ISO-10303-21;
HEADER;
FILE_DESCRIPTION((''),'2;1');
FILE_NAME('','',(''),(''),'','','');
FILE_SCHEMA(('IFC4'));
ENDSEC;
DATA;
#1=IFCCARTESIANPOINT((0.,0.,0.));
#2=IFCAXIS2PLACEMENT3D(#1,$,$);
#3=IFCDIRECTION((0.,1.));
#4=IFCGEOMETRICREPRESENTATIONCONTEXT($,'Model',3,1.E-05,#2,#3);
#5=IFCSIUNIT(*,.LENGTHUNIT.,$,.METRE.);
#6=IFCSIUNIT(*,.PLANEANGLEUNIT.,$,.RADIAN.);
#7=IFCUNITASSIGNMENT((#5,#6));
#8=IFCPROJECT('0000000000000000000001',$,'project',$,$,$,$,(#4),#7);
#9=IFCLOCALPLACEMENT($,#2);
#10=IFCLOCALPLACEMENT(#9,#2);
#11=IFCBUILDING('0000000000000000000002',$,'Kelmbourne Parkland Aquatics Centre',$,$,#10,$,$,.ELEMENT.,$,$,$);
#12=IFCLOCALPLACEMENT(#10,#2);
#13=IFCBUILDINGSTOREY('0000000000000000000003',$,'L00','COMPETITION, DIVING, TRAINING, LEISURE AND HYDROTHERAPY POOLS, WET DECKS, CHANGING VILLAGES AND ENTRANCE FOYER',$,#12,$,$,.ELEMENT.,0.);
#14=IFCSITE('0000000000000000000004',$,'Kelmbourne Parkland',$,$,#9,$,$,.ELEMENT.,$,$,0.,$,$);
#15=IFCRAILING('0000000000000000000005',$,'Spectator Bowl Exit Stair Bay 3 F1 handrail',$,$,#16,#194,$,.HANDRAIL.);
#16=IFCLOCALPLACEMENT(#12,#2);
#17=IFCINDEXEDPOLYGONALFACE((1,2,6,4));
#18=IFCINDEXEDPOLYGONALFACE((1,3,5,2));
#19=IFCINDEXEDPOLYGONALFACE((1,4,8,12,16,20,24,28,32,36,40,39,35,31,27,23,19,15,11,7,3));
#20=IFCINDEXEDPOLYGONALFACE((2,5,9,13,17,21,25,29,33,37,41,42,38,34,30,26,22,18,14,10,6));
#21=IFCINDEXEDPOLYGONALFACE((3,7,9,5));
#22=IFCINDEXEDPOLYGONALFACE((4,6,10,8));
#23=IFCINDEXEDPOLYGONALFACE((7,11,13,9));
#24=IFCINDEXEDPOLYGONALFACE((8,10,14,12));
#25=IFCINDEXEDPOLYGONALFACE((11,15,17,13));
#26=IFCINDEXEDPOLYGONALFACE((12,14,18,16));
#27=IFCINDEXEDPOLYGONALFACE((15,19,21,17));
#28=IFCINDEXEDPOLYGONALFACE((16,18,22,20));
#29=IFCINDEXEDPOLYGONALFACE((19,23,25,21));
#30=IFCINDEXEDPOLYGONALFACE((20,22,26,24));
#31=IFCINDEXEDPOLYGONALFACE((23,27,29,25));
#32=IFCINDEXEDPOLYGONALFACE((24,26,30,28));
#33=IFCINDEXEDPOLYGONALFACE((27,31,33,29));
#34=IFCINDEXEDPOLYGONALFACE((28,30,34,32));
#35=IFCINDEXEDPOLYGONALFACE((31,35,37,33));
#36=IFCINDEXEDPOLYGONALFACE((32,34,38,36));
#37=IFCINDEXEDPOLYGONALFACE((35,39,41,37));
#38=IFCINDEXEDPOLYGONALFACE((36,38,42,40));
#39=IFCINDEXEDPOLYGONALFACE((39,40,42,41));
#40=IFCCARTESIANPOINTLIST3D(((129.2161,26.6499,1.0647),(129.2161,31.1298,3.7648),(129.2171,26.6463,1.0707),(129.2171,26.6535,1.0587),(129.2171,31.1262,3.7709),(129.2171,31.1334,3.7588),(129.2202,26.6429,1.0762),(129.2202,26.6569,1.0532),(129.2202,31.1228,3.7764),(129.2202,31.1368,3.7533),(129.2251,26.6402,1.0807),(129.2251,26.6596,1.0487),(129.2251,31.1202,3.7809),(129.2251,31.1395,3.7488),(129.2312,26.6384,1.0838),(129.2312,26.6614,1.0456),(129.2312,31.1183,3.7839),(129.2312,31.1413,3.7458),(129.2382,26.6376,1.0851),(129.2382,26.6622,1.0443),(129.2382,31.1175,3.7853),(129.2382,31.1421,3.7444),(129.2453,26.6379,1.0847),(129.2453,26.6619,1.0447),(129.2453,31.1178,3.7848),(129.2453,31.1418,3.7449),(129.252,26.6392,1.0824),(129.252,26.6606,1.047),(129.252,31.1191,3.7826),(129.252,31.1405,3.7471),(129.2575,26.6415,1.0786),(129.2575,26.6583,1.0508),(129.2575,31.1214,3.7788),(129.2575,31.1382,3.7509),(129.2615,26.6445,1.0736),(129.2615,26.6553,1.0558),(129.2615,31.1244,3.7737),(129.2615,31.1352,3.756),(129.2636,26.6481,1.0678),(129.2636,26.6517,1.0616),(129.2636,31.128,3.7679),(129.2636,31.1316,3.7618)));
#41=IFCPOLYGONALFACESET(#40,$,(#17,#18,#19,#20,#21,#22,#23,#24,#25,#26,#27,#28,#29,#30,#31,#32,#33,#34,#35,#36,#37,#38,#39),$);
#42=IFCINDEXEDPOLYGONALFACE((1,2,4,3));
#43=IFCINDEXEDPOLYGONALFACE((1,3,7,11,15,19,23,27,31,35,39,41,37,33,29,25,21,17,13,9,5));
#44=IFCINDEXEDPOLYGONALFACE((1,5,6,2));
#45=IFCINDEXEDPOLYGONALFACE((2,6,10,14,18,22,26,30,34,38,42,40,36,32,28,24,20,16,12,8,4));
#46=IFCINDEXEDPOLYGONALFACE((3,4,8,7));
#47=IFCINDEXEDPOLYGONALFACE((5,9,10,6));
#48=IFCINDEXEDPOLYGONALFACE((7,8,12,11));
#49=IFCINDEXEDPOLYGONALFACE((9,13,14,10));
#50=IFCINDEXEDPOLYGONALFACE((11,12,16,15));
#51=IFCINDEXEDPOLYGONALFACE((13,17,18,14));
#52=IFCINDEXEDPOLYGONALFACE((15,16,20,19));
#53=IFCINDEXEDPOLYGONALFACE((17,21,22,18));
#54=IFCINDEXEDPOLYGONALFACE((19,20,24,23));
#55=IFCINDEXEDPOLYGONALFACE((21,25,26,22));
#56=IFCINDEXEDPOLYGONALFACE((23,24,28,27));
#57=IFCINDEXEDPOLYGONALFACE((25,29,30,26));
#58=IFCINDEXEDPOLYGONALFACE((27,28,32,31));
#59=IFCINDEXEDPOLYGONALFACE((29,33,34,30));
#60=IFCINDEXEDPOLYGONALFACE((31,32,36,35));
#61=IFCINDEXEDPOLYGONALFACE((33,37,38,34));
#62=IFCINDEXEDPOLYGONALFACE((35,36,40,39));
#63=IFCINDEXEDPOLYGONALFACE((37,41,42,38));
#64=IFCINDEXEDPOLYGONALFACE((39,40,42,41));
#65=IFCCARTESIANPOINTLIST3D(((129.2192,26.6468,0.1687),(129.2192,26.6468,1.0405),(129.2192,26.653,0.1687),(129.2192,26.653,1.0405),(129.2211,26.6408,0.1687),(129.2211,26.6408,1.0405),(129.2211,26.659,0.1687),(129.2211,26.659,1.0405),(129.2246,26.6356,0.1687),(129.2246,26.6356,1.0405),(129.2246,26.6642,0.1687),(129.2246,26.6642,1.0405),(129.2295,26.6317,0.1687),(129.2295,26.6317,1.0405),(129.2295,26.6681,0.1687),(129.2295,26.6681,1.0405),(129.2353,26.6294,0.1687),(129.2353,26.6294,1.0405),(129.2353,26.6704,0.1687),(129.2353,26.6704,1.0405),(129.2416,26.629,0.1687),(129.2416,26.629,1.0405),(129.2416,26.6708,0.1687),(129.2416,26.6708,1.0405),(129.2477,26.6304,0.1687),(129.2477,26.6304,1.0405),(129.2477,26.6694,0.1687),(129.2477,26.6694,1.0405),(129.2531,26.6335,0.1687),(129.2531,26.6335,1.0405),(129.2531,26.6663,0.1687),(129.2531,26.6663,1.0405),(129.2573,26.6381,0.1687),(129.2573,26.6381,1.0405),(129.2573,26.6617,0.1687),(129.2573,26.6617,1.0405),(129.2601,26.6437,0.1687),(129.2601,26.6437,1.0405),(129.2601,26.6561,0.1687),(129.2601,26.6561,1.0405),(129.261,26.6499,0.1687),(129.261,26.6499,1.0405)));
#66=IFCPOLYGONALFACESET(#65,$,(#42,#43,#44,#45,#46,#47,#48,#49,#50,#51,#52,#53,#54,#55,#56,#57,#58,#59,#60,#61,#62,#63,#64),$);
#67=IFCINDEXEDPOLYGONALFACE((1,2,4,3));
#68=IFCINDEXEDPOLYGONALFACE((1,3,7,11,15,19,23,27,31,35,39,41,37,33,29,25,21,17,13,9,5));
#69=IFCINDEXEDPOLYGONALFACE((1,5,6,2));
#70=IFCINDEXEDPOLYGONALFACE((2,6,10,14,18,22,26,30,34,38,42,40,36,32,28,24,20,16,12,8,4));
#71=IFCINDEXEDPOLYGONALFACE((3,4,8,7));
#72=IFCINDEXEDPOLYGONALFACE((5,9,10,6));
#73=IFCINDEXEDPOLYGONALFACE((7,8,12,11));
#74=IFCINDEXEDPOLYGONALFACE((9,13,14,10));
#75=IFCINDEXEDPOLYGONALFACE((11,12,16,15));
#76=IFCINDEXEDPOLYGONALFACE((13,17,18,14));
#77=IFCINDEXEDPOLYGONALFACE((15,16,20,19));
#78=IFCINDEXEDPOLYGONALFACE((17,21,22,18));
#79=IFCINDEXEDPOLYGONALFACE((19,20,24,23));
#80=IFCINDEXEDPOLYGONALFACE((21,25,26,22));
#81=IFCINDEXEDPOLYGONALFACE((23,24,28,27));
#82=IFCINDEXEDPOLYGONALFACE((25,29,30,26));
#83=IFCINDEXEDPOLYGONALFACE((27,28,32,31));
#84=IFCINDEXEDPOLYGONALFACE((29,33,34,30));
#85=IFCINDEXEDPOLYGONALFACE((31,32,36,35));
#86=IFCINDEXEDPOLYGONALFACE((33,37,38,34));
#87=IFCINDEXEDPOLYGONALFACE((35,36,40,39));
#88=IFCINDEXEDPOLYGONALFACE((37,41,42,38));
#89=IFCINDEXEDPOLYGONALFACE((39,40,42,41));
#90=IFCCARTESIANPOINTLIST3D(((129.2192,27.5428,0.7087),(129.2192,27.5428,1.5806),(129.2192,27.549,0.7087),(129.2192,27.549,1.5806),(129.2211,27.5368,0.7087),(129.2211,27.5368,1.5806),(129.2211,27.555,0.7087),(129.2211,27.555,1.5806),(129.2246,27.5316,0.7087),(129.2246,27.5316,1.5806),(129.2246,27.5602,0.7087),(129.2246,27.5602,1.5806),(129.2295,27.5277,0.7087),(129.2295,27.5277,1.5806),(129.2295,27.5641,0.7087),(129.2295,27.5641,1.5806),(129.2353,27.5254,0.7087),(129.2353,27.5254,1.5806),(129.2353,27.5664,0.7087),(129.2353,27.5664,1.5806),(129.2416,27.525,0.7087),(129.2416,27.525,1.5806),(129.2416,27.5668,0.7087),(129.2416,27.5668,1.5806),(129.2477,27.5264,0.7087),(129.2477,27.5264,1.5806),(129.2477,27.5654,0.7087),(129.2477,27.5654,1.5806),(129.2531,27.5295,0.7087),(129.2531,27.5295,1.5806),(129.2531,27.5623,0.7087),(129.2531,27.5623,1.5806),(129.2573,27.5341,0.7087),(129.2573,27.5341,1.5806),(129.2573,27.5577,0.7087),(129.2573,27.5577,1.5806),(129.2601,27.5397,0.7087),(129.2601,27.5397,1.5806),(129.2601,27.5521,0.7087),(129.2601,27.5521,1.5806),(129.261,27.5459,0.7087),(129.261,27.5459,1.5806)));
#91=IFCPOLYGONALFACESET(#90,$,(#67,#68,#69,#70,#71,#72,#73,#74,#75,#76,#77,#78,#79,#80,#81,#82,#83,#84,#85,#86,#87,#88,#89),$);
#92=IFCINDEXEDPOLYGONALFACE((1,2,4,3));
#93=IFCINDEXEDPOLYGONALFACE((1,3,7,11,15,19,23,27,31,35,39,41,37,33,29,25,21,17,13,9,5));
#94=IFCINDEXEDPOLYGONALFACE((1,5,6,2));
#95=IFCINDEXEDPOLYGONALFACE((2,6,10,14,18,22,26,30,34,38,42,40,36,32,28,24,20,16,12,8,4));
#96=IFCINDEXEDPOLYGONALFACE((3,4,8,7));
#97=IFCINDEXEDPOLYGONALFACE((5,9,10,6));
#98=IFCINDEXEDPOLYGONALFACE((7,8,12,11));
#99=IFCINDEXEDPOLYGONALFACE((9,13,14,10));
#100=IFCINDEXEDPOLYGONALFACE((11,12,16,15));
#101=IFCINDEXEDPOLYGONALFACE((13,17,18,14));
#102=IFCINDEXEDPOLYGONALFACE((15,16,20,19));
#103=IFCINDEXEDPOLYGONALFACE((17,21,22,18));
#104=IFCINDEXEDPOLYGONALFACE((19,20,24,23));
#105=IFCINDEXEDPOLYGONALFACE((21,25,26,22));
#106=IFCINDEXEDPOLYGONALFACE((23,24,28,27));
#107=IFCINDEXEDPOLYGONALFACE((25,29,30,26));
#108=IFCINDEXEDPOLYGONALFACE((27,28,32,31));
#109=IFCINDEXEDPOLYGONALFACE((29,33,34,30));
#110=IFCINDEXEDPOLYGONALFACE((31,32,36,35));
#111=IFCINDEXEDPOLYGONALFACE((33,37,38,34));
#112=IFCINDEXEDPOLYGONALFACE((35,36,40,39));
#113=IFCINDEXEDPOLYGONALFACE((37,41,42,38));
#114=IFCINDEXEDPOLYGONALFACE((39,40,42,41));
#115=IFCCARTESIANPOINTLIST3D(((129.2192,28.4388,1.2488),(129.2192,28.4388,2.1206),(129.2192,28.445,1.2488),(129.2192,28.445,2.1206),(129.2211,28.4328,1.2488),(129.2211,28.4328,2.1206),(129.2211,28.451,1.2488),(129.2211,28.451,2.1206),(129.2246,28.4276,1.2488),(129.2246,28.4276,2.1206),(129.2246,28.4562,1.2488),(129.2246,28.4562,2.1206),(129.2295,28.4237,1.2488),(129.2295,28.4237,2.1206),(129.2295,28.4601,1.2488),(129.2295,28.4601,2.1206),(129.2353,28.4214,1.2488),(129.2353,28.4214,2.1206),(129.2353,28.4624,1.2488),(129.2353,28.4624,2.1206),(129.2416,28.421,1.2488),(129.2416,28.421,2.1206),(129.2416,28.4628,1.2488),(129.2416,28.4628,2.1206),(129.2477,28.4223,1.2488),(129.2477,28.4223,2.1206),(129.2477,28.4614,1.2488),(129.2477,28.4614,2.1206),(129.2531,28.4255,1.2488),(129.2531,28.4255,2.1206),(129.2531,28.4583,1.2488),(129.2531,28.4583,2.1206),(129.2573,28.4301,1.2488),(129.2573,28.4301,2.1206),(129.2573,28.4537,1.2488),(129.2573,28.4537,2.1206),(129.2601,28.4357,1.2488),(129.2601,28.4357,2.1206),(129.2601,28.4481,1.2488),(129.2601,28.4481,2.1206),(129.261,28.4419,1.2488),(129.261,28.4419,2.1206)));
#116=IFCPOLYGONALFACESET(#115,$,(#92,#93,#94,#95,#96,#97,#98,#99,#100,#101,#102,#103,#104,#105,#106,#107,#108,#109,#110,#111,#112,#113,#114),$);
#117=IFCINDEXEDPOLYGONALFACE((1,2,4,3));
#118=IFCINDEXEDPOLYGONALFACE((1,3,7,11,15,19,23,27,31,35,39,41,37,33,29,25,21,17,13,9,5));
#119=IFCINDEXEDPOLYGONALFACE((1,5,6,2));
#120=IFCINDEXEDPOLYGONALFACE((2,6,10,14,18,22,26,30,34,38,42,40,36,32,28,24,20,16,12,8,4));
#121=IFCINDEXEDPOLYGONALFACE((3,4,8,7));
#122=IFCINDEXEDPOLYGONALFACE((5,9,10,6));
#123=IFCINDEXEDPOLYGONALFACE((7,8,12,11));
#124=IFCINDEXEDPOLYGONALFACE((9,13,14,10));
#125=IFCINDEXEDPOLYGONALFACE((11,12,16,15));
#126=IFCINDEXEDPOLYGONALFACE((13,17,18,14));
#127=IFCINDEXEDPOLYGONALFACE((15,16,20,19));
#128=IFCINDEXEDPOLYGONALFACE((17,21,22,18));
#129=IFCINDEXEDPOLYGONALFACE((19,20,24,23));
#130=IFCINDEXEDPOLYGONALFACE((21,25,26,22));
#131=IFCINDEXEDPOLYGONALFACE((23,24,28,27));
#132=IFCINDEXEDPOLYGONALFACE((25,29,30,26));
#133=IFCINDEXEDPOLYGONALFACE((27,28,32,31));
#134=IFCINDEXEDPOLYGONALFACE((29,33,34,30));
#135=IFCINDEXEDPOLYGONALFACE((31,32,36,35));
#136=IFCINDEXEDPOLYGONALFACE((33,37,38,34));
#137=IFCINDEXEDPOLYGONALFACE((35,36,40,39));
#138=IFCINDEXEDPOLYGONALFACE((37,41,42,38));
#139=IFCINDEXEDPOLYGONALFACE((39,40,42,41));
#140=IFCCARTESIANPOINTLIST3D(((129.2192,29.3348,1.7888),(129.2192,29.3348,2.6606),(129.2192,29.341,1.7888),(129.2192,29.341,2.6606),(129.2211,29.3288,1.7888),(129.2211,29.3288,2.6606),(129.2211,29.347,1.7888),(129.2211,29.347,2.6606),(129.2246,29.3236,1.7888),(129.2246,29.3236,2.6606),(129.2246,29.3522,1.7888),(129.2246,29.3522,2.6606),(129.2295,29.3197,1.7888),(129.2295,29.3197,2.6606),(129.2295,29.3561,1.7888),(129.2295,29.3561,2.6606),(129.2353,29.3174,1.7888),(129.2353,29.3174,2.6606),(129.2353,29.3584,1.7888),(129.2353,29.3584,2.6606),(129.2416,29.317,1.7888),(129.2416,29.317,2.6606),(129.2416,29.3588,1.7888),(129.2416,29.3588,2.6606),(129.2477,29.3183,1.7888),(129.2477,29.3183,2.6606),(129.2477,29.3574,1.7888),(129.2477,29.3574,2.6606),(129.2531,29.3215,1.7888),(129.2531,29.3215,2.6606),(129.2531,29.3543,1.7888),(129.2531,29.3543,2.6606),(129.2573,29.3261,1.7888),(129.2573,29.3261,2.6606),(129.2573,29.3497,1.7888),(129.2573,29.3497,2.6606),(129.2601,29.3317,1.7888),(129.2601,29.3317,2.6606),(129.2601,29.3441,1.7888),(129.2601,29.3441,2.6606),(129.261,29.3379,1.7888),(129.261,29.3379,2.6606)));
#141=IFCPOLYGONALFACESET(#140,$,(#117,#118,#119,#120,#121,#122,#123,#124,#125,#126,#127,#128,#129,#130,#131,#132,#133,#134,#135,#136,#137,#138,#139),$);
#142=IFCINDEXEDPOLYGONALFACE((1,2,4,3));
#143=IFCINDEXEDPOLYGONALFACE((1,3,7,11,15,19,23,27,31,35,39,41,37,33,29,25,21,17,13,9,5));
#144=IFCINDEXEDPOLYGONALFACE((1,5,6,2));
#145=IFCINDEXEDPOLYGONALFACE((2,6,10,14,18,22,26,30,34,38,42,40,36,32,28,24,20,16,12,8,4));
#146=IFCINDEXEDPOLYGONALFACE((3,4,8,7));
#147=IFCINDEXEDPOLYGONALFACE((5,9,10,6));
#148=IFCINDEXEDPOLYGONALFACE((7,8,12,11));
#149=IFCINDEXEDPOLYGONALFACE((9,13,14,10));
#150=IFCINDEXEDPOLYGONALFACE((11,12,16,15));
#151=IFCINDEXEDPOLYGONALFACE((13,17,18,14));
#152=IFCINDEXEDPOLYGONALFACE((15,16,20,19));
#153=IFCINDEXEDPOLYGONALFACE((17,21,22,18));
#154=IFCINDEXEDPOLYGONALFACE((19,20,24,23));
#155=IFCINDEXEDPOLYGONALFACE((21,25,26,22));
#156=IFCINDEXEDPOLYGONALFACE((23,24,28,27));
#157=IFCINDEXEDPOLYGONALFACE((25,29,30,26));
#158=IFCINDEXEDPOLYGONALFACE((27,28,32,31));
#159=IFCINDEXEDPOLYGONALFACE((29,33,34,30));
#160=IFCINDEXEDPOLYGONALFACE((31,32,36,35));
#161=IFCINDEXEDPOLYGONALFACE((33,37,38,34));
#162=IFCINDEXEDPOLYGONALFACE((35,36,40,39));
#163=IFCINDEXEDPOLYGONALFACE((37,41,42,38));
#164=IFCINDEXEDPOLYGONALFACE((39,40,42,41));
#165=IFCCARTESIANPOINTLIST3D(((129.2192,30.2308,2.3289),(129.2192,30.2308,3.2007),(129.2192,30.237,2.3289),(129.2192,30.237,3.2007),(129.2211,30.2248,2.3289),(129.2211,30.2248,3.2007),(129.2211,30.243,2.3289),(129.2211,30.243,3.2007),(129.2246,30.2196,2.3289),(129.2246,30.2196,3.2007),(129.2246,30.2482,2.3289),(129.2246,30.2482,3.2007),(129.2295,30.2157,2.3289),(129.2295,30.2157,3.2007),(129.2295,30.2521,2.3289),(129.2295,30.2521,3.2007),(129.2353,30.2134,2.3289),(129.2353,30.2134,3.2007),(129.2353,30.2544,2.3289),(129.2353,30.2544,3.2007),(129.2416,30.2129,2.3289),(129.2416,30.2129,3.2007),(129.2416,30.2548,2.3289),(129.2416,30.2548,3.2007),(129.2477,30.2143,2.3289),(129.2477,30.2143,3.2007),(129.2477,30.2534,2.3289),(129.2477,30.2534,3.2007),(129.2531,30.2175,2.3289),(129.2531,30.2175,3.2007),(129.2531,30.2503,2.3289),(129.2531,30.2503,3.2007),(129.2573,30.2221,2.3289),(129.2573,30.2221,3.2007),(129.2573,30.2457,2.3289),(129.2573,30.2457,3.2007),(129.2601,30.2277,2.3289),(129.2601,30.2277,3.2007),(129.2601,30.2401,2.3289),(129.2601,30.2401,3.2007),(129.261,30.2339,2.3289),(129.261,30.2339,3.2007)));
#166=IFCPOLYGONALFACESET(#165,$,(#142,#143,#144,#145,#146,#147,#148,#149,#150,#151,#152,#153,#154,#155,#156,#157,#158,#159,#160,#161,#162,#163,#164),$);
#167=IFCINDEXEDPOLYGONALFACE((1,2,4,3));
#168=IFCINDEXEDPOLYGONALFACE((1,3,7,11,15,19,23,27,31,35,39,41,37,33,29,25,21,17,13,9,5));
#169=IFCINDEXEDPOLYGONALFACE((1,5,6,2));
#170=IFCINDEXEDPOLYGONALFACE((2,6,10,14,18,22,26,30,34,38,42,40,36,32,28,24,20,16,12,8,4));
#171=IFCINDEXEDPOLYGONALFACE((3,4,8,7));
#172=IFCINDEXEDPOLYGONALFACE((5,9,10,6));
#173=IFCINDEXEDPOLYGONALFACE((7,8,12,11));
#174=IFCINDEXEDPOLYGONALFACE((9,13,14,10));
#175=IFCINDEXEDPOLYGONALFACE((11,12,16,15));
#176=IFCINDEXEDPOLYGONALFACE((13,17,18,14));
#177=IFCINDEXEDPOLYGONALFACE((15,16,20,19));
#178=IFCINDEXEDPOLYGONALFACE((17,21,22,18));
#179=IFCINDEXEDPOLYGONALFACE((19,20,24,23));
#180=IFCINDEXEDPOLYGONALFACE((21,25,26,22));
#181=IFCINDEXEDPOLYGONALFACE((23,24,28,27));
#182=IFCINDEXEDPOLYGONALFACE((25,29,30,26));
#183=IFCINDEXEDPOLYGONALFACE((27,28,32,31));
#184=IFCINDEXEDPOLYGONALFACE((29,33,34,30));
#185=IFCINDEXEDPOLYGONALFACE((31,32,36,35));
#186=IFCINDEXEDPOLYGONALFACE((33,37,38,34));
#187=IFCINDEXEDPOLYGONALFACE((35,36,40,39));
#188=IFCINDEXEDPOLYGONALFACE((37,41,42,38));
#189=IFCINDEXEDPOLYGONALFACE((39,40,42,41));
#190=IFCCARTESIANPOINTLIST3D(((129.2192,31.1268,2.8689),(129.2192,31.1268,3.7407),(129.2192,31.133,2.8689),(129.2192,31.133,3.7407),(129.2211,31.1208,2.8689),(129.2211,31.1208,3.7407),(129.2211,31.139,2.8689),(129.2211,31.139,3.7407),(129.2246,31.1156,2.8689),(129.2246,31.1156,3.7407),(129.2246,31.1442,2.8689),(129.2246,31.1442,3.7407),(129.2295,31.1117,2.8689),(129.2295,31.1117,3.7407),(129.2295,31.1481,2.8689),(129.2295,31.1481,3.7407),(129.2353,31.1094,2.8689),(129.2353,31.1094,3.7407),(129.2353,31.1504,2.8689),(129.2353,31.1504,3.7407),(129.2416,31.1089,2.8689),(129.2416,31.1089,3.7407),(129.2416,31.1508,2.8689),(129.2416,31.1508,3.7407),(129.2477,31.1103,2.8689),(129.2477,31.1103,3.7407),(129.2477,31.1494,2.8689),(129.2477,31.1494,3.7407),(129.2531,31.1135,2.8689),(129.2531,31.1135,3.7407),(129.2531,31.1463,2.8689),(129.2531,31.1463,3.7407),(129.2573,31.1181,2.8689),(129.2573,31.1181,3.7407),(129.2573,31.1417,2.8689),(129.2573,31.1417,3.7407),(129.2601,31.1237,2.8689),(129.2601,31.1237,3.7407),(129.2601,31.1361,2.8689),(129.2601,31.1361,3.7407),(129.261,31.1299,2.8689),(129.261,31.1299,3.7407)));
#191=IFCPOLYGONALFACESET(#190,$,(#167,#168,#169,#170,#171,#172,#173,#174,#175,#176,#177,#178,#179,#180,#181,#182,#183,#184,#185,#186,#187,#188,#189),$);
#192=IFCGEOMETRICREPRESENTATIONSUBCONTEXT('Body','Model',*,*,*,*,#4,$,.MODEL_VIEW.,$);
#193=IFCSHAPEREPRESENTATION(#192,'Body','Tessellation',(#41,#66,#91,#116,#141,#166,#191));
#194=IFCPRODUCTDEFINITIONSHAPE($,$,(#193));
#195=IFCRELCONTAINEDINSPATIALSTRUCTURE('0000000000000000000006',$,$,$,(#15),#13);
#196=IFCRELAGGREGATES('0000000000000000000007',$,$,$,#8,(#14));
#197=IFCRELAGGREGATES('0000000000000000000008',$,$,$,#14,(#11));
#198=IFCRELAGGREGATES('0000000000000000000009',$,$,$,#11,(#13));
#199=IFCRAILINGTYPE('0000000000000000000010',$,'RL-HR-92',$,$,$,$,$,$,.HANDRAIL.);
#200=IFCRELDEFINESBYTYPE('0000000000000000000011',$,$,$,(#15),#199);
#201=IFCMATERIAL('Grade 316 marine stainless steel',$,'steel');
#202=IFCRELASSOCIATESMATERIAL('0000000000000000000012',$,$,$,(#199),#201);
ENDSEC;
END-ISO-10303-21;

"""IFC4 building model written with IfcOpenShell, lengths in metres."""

from ifc_helpers import new_model, si_unit, direction, frame, origin, origin_2d, place, context, subcontext, project, spatial, circle, extrude, material, type_object, element, save


model = new_model("IFC4")

# Units and contexts
model_context = context("Model", 3, precision=1e-05, world=origin(), true_north=direction((0.0, 1.0)))
body_context = subcontext(model_context, "Body", "Model", "MODEL_VIEW")
ifc_project = project(units=[si_unit("LENGTHUNIT", "METRE"), si_unit("PLANEANGLEUNIT", "RADIAN")], contexts=[model_context])

# Site, building, storey
site_placement = place(None, origin())
site = spatial("IfcSite", under=ifc_project, at=site_placement, Name="Kelmbourne Parkland", CompositionType="ELEMENT", RefElevation=0.0)
building_placement = place(site_placement, origin())
building = spatial("IfcBuilding", under=site, at=building_placement, Name="Kelmbourne Parkland Aquatics Centre", CompositionType="ELEMENT")
storey_placement = place(building_placement, origin())
storey = spatial("IfcBuildingStorey", under=building, at=storey_placement, Name="L00", Description="COMPETITION, DIVING, TRAINING, LEISURE AND HYDROTHERAPY POOLS, WET DECKS, CHANGING VILLAGES AND ENTRANCE FOYER", CompositionType="ELEMENT", Elevation=0.0)

# Railing
ifc_material_1 = material(Name="Grade 316 marine stainless steel", Category="steel")
railing_type_1 = type_object("IfcRailingType", Name="RL-HR-92", PredefinedType="HANDRAIL", material=ifc_material_1)
railing_1_placement = place(storey_placement, frame((129.24, 26.6499, 0.1687)))
element("IfcRailing", 1, at=railing_1_placement, inside=storey, type_object=railing_type_1, Name="Spectator Bowl Exit Stair Bay 3 F1 handrail", PredefinedType="HANDRAIL", context=body_context, shape_type="SweptSolid", body=[
    extrude(circle(Radius=0.0239, at=origin_2d()), frame((0.0, 0.0, 0.896), z_axis=(0.0, 0.856462, 0.516211), x_axis=(-1.0, 0.0, 0.0)), (0.0, 0.0, 1.0), 5.2307),
    extrude(circle(Radius=0.021, at=origin_2d()), origin(), (0.0, 0.0, 1.0), 0.8718),
    extrude(circle(Radius=0.021, at=origin_2d()), frame((0.0, 0.896, 0.54)), (0.0, 0.0, 1.0), 0.8718),
    extrude(circle(Radius=0.021, at=origin_2d()), frame((0.0, 1.792, 1.0801)), (0.0, 0.0, 1.0), 0.8718),
    extrude(circle(Radius=0.021, at=origin_2d()), frame((0.0, 2.688, 1.6201)), (0.0, 0.0, 1.0), 0.8718),
    extrude(circle(Radius=0.021, at=origin_2d()), frame((0.0, 3.584, 2.1602)), (0.0, 0.0, 1.0), 0.8718),
    extrude(circle(Radius=0.021, at=origin_2d()), frame((0.0, 4.48, 2.7002)), (0.0, 0.0, 1.0), 0.8718),
])

save(model, "model.ifc")
